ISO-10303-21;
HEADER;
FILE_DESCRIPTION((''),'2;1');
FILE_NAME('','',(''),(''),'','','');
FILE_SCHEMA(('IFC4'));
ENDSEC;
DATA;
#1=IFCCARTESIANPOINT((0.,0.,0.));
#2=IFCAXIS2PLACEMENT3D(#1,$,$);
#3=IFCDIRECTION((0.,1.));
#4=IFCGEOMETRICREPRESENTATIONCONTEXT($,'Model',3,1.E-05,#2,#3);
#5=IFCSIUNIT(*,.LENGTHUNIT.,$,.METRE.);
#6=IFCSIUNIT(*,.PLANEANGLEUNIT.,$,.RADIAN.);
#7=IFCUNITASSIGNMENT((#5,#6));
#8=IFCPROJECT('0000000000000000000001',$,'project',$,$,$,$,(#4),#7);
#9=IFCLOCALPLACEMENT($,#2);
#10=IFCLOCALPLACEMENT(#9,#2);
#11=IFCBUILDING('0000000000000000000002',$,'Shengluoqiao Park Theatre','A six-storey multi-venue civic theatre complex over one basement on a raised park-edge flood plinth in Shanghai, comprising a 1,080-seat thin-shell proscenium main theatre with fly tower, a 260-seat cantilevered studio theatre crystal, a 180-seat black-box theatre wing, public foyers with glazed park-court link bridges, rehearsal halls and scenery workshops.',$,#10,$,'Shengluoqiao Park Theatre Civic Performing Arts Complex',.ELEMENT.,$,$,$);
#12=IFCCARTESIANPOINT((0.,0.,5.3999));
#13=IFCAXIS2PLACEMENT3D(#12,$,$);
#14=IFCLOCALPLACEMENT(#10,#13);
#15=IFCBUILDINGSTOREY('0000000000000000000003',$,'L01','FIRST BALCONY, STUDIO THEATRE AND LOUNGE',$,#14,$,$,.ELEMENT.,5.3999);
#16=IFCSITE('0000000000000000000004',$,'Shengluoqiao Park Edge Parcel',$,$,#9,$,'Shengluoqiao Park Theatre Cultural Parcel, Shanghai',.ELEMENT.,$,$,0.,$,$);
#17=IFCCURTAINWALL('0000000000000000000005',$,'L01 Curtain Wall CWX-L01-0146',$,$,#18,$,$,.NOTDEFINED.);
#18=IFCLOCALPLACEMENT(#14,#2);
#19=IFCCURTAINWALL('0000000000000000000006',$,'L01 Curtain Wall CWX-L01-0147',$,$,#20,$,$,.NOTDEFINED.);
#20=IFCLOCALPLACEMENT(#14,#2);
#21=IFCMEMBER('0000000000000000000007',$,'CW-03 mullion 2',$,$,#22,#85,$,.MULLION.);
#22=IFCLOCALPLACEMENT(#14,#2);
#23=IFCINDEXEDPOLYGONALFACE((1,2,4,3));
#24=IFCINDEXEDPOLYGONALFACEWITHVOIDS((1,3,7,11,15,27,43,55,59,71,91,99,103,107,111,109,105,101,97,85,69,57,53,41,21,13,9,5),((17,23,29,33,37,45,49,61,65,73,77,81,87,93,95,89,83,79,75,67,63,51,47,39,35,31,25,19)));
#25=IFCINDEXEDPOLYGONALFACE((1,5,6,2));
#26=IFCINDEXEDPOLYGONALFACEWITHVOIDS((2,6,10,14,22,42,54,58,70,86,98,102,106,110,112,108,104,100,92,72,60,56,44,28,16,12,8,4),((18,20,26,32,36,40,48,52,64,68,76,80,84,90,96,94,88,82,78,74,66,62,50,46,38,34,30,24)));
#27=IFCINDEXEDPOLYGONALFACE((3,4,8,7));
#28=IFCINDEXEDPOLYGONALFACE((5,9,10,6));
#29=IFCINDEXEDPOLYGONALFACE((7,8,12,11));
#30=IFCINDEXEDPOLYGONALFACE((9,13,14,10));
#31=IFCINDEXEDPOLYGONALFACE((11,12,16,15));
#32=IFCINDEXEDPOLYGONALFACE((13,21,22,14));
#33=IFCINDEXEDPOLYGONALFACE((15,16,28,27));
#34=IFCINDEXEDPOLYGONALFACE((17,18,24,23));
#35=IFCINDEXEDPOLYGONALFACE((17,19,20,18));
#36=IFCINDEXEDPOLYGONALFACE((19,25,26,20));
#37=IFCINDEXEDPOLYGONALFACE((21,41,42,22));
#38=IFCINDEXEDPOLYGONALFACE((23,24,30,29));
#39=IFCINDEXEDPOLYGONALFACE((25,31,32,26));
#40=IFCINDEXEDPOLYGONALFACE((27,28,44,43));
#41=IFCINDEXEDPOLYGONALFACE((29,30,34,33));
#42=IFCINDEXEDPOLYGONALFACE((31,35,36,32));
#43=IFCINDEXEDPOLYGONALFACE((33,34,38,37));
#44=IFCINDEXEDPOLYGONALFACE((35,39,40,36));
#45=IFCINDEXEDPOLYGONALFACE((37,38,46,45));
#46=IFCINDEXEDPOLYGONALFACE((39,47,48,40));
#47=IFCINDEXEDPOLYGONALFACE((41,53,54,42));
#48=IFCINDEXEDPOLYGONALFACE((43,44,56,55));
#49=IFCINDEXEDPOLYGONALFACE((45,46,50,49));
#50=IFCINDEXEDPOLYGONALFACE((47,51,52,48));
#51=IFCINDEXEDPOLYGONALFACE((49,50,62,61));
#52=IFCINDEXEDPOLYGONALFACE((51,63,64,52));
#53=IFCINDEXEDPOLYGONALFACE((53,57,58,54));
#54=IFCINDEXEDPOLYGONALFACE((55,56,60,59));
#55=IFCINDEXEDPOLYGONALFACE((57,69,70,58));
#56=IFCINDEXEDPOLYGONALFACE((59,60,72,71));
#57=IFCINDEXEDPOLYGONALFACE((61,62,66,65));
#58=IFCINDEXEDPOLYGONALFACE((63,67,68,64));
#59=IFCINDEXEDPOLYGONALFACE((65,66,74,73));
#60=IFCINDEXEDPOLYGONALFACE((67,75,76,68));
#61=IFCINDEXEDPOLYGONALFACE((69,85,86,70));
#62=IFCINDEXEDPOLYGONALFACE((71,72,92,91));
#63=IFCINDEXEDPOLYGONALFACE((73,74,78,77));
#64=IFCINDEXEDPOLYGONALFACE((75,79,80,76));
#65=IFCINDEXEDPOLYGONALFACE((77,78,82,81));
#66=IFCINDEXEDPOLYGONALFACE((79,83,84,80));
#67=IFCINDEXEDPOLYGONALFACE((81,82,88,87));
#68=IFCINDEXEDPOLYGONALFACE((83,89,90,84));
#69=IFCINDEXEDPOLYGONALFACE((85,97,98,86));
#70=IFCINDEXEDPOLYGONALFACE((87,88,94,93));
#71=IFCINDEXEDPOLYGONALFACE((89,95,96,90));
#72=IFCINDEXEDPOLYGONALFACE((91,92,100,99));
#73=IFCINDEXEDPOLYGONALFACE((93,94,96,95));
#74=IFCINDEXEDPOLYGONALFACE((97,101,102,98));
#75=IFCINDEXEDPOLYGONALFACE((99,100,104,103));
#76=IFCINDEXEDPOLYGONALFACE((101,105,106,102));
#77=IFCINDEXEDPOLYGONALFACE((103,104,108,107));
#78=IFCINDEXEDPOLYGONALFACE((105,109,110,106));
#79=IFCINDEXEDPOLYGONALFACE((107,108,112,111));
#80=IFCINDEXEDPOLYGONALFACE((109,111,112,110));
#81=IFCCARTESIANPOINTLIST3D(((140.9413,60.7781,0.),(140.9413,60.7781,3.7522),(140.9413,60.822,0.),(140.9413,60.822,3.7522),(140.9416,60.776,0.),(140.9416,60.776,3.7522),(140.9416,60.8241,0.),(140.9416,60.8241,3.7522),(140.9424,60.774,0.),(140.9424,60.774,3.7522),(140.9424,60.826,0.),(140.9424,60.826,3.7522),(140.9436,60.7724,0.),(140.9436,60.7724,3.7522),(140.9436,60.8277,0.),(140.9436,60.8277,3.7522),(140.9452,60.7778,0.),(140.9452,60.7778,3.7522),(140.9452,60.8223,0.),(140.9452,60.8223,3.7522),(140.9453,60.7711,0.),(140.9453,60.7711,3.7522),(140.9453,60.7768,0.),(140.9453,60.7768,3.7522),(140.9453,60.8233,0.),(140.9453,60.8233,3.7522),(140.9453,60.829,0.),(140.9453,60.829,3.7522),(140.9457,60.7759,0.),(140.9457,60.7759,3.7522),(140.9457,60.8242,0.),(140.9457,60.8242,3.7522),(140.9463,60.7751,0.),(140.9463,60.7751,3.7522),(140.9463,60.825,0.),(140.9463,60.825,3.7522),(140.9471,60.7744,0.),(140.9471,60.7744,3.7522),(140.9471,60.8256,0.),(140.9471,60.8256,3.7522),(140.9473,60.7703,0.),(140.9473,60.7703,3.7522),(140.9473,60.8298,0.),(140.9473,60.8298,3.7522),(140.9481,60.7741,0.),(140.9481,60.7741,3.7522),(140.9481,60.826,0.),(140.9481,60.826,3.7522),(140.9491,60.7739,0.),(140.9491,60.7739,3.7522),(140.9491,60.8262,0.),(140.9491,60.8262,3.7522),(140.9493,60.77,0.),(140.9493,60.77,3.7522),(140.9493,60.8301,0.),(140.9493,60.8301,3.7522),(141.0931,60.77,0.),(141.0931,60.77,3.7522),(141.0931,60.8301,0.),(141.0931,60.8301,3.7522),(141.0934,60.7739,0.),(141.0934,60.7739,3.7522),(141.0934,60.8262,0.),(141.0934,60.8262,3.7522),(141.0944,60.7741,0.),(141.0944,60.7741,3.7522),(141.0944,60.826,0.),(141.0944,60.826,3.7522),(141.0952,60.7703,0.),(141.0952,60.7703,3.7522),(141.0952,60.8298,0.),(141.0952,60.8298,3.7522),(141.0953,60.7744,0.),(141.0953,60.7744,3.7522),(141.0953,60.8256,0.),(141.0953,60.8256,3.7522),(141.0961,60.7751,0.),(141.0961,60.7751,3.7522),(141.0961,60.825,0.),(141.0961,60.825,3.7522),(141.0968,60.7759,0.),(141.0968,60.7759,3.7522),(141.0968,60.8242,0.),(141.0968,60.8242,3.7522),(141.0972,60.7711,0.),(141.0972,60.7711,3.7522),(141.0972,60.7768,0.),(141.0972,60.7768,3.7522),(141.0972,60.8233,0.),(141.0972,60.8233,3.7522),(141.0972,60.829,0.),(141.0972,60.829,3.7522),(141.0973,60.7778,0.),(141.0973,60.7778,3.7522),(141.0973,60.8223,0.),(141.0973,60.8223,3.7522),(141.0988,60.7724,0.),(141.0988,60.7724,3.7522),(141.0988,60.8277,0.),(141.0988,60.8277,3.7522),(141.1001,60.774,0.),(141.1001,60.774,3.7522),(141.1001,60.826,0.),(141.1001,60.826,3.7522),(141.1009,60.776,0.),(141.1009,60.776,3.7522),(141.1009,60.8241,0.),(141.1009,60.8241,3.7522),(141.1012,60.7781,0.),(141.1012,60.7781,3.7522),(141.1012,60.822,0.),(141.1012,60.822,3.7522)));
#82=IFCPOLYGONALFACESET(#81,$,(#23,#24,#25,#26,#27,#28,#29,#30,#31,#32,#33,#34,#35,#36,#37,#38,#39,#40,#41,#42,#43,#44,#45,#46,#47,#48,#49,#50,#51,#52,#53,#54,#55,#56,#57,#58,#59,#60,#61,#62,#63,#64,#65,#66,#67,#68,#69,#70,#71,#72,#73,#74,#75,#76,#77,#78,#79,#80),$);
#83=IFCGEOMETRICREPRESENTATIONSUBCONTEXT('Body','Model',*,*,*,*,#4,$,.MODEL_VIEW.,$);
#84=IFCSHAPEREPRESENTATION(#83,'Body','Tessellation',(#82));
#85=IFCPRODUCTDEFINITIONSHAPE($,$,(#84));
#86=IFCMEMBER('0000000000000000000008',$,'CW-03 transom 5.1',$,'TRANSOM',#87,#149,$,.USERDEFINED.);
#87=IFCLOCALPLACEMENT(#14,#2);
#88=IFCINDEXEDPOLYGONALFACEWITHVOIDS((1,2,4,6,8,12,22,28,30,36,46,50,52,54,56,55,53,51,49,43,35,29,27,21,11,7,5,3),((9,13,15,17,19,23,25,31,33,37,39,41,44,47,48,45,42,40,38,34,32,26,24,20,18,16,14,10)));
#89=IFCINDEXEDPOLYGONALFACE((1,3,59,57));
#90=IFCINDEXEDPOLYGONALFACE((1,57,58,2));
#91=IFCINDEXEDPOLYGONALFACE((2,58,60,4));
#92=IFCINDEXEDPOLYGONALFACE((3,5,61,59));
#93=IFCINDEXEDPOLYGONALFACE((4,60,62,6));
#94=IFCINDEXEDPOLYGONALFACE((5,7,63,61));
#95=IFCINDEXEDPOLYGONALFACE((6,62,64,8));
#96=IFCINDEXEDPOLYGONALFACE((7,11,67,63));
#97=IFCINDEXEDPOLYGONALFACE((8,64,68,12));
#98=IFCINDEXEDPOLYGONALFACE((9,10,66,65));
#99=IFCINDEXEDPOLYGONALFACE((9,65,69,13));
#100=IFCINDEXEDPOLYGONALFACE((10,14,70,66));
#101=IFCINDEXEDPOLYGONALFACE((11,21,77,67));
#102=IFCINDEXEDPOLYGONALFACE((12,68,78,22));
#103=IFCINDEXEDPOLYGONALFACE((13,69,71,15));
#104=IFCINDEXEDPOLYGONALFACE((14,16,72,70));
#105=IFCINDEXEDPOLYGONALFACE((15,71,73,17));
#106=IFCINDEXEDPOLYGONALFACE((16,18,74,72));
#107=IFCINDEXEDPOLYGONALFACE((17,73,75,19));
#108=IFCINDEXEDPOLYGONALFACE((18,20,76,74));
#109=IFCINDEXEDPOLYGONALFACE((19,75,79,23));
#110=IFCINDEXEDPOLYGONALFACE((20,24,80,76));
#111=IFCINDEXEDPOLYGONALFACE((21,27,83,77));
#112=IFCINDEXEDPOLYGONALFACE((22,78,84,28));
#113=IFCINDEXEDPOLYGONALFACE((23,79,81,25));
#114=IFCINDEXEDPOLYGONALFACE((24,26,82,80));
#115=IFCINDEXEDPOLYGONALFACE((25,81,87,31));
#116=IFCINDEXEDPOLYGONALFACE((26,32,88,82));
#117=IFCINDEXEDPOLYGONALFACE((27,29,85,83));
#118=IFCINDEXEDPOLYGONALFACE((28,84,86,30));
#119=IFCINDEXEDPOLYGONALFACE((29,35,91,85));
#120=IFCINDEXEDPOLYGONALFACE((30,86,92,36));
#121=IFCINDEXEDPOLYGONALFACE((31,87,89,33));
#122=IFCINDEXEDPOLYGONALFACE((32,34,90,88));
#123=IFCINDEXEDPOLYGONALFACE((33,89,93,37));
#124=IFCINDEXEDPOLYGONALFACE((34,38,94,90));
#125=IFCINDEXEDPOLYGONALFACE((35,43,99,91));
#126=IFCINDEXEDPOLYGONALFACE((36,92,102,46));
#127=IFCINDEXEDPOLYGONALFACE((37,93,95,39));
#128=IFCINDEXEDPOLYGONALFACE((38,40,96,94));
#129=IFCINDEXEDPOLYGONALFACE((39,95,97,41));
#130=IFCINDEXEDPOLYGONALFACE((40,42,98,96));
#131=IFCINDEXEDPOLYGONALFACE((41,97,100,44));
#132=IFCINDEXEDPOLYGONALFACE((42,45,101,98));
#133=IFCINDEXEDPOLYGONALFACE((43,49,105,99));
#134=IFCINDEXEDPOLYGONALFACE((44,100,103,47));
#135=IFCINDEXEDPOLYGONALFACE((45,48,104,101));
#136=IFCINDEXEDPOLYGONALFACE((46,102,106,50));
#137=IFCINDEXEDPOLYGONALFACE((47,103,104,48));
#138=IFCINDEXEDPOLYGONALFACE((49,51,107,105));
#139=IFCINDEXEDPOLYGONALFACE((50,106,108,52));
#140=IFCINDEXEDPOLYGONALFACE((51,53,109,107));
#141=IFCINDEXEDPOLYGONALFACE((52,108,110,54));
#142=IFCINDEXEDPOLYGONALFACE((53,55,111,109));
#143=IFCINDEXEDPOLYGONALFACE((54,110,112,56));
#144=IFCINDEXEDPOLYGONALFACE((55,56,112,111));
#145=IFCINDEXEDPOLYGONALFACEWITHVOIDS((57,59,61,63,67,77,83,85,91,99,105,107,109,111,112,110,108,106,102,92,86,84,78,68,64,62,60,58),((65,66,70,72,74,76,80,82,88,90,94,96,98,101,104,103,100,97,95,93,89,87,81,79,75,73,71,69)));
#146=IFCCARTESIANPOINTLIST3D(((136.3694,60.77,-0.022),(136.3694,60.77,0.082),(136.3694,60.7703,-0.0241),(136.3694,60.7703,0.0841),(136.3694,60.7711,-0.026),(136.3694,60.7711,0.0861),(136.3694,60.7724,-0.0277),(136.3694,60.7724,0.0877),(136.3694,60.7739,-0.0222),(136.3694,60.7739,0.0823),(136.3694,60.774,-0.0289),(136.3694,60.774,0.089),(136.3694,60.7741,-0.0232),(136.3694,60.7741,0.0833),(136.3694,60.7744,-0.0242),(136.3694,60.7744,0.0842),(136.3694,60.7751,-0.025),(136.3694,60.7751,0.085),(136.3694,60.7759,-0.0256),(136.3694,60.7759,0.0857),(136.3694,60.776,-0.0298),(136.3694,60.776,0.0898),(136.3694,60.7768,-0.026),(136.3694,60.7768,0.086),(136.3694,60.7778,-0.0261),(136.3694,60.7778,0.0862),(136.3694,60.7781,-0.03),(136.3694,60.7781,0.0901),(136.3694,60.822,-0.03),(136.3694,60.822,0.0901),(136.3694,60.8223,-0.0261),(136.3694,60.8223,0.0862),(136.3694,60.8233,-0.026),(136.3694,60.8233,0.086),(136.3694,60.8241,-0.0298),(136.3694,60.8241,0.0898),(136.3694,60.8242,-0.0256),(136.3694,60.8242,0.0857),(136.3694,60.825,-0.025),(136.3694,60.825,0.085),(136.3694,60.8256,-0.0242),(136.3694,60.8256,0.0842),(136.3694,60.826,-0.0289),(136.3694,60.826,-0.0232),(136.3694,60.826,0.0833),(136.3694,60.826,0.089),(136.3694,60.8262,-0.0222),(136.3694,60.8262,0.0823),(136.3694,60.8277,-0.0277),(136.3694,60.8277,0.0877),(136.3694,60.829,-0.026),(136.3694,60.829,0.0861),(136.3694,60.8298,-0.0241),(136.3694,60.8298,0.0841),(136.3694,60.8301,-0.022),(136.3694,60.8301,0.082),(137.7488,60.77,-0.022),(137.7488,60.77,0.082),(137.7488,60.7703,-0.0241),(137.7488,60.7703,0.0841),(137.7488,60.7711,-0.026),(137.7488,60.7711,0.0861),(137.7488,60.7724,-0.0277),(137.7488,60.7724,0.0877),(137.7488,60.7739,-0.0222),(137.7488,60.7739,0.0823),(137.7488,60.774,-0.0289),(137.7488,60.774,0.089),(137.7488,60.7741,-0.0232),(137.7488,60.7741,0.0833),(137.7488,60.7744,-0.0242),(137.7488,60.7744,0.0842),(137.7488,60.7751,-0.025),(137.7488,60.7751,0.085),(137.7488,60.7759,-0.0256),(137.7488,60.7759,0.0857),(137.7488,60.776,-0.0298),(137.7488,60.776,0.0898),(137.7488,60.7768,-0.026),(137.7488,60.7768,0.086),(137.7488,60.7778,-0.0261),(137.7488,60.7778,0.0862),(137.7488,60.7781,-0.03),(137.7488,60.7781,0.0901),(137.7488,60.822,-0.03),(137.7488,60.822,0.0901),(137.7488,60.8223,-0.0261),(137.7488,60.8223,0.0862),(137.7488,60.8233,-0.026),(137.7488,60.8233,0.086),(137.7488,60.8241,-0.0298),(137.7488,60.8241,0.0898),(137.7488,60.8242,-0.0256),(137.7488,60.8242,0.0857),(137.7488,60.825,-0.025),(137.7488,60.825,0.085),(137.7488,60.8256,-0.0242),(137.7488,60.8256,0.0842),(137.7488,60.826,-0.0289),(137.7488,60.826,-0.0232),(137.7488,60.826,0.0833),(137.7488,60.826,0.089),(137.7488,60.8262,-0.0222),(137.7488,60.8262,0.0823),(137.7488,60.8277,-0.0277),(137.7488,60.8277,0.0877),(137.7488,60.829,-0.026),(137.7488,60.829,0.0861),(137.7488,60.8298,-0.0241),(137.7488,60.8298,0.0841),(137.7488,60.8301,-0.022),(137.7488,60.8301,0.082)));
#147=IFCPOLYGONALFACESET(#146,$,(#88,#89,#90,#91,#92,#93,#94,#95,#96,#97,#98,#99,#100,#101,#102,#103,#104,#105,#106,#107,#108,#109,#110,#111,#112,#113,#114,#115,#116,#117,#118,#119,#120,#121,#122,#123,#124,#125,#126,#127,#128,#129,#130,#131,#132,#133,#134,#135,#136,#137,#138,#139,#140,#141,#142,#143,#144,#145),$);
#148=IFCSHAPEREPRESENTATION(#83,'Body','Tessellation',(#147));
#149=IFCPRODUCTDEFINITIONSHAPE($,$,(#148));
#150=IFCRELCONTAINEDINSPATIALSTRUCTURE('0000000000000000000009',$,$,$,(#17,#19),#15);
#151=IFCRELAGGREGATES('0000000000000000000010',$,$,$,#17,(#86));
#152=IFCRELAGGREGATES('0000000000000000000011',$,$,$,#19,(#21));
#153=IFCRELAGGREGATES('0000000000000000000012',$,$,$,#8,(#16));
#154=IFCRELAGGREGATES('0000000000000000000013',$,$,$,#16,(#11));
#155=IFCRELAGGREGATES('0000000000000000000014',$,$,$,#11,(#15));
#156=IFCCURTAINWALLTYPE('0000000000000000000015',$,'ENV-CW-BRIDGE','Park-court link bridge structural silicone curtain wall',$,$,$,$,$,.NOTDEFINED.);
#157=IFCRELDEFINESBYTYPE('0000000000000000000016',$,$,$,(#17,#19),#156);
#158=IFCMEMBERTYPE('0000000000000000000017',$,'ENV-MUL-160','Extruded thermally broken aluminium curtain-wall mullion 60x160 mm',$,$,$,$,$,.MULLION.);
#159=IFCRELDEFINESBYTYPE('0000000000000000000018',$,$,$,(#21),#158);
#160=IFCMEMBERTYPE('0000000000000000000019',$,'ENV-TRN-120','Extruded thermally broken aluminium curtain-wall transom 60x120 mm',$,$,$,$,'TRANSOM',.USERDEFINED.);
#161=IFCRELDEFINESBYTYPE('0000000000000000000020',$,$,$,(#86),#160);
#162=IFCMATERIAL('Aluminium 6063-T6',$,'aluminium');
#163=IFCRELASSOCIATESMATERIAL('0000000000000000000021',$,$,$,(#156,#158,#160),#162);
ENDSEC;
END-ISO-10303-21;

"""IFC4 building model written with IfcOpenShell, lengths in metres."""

from ifc_helpers import new_model, si_unit, direction, frame, origin, origin_2d, place, context, subcontext, project, spatial, hollow_rectangle, extrude, material, material_profile, profile_set, type_object, element, aggregate, save


model = new_model("IFC4")

# Units and contexts
model_context = context("Model", 3, precision=1e-05, world=origin(), true_north=direction((0.0, 1.0)))
body_context = subcontext(model_context, "Body", "Model", "MODEL_VIEW")
ifc_project = project(units=[si_unit("LENGTHUNIT", "METRE"), si_unit("PLANEANGLEUNIT", "RADIAN")], contexts=[model_context])

# Site, building, storey
site_placement = place(None, origin())
site = spatial("IfcSite", under=ifc_project, at=site_placement, Name="Shengluoqiao Park Edge Parcel", LongName="Shengluoqiao Park Theatre Cultural Parcel, Shanghai", CompositionType="ELEMENT", RefElevation=0.0)
building_placement = place(site_placement, origin())
building = spatial("IfcBuilding", under=site, at=building_placement, Name="Shengluoqiao Park Theatre", Description="A six-storey multi-venue civic theatre complex over one basement on a raised park-edge flood plinth in Shanghai, comprising a 1,080-seat thin-shell proscenium main theatre with fly tower, a 260-seat cantilevered studio theatre crystal, a 180-seat black-box theatre wing, public foyers with glazed park-court link bridges, rehearsal halls and scenery workshops.", LongName="Shengluoqiao Park Theatre Civic Performing Arts Complex", CompositionType="ELEMENT")
storey_placement = place(building_placement, frame((0.0, 0.0, 5.3999)))
storey = spatial("IfcBuildingStorey", under=building, at=storey_placement, Name="L01", Description="FIRST BALCONY, STUDIO THEATRE AND LOUNGE", CompositionType="ELEMENT", Elevation=5.3999)

# Curtain walls, member
ifc_material_1 = material(Name="Aluminium 6063-T6", Category="aluminium")
curtain_wall_type = type_object("IfcCurtainWallType", Name="ENV-CW-BRIDGE", Description="Park-court link bridge structural silicone curtain wall", PredefinedType="NOTDEFINED", material=ifc_material_1)
curtain_wall_1_placement = place(storey_placement, origin())
curtain_wall_1 = element("IfcCurtainWall", 1, at=curtain_wall_1_placement, inside=storey, type_object=curtain_wall_type, Name="L01 Curtain Wall CWX-L01-0146", PredefinedType="NOTDEFINED")
ifc_material_profile_1 = material_profile(ifc_material_1, hollow_rectangle(XDim=0.0601, YDim=0.1599, WallThickness=0.0039, InnerFilletRadius=0.0039, OuterFilletRadius=0.0081, at=origin_2d()), Name="ALU MULLION 160x60x4")
ifc_profile_set_1 = profile_set([ifc_material_profile_1], Name="Aluminium 6063-T6")
member_type_1 = type_object("IfcMemberType", Name="ENV-MUL-160", Description="Extruded thermally broken aluminium curtain-wall mullion 60x160 mm", PredefinedType="MULLION", material=ifc_profile_set_1)
curtain_wall_2_placement = place(storey_placement, origin())
curtain_wall_2 = element("IfcCurtainWall", 2, at=curtain_wall_2_placement, inside=storey, type_object=curtain_wall_type, Name="L01 Curtain Wall CWX-L01-0147", PredefinedType="NOTDEFINED")
member_1_placement = place(storey_placement, frame((141.0212, 60.8, 0.0), z_axis=(0.0, 0.0, 1.0), x_axis=(0.0, 1.0, 0.0)))
member_1 = element("IfcMember", 3, at=member_1_placement, type_object=member_type_1, Name="CW-03 mullion 2", PredefinedType="MULLION", context=body_context, shape_type="SweptSolid", body=[
    extrude(hollow_rectangle(XDim=0.0601, YDim=0.1599, WallThickness=0.0039, InnerFilletRadius=0.0039, OuterFilletRadius=0.0081, at=origin_2d()), origin(), (0.0, 0.0, 1.0), 3.7522),
])

# Member
ifc_material_profile_2 = material_profile(ifc_material_1, hollow_rectangle(XDim=0.0601, YDim=0.1201, WallThickness=0.0039, InnerFilletRadius=0.0039, OuterFilletRadius=0.0081, at=origin_2d()), Name="ALU TRANSOM 120x60x4")
ifc_profile_set_2 = profile_set([ifc_material_profile_2], Name="Aluminium 6063-T6")
member_type_2 = type_object("IfcMemberType", Name="ENV-TRN-120", Description="Extruded thermally broken aluminium curtain-wall transom 60x120 mm", ElementType="TRANSOM", PredefinedType="USERDEFINED", material=ifc_profile_set_2)
member_2_placement = place(storey_placement, frame((136.3694, 60.8, 0.03), z_axis=(1.0, 0.0, 0.0), x_axis=(0.0, 1.0, 0.0)))
member_2 = element("IfcMember", 4, at=member_2_placement, type_object=member_type_2, Name="CW-03 transom 5.1", ObjectType="TRANSOM", PredefinedType="USERDEFINED", context=body_context, shape_type="SweptSolid", body=[
    extrude(hollow_rectangle(XDim=0.0601, YDim=0.1201, WallThickness=0.0039, InnerFilletRadius=0.0039, OuterFilletRadius=0.0081, at=origin_2d()), origin(), (0.0, 0.0, 1.0), 1.3794),
])

aggregate(curtain_wall_1, [member_2])
aggregate(curtain_wall_2, [member_1])

save(model, "model.ifc")
